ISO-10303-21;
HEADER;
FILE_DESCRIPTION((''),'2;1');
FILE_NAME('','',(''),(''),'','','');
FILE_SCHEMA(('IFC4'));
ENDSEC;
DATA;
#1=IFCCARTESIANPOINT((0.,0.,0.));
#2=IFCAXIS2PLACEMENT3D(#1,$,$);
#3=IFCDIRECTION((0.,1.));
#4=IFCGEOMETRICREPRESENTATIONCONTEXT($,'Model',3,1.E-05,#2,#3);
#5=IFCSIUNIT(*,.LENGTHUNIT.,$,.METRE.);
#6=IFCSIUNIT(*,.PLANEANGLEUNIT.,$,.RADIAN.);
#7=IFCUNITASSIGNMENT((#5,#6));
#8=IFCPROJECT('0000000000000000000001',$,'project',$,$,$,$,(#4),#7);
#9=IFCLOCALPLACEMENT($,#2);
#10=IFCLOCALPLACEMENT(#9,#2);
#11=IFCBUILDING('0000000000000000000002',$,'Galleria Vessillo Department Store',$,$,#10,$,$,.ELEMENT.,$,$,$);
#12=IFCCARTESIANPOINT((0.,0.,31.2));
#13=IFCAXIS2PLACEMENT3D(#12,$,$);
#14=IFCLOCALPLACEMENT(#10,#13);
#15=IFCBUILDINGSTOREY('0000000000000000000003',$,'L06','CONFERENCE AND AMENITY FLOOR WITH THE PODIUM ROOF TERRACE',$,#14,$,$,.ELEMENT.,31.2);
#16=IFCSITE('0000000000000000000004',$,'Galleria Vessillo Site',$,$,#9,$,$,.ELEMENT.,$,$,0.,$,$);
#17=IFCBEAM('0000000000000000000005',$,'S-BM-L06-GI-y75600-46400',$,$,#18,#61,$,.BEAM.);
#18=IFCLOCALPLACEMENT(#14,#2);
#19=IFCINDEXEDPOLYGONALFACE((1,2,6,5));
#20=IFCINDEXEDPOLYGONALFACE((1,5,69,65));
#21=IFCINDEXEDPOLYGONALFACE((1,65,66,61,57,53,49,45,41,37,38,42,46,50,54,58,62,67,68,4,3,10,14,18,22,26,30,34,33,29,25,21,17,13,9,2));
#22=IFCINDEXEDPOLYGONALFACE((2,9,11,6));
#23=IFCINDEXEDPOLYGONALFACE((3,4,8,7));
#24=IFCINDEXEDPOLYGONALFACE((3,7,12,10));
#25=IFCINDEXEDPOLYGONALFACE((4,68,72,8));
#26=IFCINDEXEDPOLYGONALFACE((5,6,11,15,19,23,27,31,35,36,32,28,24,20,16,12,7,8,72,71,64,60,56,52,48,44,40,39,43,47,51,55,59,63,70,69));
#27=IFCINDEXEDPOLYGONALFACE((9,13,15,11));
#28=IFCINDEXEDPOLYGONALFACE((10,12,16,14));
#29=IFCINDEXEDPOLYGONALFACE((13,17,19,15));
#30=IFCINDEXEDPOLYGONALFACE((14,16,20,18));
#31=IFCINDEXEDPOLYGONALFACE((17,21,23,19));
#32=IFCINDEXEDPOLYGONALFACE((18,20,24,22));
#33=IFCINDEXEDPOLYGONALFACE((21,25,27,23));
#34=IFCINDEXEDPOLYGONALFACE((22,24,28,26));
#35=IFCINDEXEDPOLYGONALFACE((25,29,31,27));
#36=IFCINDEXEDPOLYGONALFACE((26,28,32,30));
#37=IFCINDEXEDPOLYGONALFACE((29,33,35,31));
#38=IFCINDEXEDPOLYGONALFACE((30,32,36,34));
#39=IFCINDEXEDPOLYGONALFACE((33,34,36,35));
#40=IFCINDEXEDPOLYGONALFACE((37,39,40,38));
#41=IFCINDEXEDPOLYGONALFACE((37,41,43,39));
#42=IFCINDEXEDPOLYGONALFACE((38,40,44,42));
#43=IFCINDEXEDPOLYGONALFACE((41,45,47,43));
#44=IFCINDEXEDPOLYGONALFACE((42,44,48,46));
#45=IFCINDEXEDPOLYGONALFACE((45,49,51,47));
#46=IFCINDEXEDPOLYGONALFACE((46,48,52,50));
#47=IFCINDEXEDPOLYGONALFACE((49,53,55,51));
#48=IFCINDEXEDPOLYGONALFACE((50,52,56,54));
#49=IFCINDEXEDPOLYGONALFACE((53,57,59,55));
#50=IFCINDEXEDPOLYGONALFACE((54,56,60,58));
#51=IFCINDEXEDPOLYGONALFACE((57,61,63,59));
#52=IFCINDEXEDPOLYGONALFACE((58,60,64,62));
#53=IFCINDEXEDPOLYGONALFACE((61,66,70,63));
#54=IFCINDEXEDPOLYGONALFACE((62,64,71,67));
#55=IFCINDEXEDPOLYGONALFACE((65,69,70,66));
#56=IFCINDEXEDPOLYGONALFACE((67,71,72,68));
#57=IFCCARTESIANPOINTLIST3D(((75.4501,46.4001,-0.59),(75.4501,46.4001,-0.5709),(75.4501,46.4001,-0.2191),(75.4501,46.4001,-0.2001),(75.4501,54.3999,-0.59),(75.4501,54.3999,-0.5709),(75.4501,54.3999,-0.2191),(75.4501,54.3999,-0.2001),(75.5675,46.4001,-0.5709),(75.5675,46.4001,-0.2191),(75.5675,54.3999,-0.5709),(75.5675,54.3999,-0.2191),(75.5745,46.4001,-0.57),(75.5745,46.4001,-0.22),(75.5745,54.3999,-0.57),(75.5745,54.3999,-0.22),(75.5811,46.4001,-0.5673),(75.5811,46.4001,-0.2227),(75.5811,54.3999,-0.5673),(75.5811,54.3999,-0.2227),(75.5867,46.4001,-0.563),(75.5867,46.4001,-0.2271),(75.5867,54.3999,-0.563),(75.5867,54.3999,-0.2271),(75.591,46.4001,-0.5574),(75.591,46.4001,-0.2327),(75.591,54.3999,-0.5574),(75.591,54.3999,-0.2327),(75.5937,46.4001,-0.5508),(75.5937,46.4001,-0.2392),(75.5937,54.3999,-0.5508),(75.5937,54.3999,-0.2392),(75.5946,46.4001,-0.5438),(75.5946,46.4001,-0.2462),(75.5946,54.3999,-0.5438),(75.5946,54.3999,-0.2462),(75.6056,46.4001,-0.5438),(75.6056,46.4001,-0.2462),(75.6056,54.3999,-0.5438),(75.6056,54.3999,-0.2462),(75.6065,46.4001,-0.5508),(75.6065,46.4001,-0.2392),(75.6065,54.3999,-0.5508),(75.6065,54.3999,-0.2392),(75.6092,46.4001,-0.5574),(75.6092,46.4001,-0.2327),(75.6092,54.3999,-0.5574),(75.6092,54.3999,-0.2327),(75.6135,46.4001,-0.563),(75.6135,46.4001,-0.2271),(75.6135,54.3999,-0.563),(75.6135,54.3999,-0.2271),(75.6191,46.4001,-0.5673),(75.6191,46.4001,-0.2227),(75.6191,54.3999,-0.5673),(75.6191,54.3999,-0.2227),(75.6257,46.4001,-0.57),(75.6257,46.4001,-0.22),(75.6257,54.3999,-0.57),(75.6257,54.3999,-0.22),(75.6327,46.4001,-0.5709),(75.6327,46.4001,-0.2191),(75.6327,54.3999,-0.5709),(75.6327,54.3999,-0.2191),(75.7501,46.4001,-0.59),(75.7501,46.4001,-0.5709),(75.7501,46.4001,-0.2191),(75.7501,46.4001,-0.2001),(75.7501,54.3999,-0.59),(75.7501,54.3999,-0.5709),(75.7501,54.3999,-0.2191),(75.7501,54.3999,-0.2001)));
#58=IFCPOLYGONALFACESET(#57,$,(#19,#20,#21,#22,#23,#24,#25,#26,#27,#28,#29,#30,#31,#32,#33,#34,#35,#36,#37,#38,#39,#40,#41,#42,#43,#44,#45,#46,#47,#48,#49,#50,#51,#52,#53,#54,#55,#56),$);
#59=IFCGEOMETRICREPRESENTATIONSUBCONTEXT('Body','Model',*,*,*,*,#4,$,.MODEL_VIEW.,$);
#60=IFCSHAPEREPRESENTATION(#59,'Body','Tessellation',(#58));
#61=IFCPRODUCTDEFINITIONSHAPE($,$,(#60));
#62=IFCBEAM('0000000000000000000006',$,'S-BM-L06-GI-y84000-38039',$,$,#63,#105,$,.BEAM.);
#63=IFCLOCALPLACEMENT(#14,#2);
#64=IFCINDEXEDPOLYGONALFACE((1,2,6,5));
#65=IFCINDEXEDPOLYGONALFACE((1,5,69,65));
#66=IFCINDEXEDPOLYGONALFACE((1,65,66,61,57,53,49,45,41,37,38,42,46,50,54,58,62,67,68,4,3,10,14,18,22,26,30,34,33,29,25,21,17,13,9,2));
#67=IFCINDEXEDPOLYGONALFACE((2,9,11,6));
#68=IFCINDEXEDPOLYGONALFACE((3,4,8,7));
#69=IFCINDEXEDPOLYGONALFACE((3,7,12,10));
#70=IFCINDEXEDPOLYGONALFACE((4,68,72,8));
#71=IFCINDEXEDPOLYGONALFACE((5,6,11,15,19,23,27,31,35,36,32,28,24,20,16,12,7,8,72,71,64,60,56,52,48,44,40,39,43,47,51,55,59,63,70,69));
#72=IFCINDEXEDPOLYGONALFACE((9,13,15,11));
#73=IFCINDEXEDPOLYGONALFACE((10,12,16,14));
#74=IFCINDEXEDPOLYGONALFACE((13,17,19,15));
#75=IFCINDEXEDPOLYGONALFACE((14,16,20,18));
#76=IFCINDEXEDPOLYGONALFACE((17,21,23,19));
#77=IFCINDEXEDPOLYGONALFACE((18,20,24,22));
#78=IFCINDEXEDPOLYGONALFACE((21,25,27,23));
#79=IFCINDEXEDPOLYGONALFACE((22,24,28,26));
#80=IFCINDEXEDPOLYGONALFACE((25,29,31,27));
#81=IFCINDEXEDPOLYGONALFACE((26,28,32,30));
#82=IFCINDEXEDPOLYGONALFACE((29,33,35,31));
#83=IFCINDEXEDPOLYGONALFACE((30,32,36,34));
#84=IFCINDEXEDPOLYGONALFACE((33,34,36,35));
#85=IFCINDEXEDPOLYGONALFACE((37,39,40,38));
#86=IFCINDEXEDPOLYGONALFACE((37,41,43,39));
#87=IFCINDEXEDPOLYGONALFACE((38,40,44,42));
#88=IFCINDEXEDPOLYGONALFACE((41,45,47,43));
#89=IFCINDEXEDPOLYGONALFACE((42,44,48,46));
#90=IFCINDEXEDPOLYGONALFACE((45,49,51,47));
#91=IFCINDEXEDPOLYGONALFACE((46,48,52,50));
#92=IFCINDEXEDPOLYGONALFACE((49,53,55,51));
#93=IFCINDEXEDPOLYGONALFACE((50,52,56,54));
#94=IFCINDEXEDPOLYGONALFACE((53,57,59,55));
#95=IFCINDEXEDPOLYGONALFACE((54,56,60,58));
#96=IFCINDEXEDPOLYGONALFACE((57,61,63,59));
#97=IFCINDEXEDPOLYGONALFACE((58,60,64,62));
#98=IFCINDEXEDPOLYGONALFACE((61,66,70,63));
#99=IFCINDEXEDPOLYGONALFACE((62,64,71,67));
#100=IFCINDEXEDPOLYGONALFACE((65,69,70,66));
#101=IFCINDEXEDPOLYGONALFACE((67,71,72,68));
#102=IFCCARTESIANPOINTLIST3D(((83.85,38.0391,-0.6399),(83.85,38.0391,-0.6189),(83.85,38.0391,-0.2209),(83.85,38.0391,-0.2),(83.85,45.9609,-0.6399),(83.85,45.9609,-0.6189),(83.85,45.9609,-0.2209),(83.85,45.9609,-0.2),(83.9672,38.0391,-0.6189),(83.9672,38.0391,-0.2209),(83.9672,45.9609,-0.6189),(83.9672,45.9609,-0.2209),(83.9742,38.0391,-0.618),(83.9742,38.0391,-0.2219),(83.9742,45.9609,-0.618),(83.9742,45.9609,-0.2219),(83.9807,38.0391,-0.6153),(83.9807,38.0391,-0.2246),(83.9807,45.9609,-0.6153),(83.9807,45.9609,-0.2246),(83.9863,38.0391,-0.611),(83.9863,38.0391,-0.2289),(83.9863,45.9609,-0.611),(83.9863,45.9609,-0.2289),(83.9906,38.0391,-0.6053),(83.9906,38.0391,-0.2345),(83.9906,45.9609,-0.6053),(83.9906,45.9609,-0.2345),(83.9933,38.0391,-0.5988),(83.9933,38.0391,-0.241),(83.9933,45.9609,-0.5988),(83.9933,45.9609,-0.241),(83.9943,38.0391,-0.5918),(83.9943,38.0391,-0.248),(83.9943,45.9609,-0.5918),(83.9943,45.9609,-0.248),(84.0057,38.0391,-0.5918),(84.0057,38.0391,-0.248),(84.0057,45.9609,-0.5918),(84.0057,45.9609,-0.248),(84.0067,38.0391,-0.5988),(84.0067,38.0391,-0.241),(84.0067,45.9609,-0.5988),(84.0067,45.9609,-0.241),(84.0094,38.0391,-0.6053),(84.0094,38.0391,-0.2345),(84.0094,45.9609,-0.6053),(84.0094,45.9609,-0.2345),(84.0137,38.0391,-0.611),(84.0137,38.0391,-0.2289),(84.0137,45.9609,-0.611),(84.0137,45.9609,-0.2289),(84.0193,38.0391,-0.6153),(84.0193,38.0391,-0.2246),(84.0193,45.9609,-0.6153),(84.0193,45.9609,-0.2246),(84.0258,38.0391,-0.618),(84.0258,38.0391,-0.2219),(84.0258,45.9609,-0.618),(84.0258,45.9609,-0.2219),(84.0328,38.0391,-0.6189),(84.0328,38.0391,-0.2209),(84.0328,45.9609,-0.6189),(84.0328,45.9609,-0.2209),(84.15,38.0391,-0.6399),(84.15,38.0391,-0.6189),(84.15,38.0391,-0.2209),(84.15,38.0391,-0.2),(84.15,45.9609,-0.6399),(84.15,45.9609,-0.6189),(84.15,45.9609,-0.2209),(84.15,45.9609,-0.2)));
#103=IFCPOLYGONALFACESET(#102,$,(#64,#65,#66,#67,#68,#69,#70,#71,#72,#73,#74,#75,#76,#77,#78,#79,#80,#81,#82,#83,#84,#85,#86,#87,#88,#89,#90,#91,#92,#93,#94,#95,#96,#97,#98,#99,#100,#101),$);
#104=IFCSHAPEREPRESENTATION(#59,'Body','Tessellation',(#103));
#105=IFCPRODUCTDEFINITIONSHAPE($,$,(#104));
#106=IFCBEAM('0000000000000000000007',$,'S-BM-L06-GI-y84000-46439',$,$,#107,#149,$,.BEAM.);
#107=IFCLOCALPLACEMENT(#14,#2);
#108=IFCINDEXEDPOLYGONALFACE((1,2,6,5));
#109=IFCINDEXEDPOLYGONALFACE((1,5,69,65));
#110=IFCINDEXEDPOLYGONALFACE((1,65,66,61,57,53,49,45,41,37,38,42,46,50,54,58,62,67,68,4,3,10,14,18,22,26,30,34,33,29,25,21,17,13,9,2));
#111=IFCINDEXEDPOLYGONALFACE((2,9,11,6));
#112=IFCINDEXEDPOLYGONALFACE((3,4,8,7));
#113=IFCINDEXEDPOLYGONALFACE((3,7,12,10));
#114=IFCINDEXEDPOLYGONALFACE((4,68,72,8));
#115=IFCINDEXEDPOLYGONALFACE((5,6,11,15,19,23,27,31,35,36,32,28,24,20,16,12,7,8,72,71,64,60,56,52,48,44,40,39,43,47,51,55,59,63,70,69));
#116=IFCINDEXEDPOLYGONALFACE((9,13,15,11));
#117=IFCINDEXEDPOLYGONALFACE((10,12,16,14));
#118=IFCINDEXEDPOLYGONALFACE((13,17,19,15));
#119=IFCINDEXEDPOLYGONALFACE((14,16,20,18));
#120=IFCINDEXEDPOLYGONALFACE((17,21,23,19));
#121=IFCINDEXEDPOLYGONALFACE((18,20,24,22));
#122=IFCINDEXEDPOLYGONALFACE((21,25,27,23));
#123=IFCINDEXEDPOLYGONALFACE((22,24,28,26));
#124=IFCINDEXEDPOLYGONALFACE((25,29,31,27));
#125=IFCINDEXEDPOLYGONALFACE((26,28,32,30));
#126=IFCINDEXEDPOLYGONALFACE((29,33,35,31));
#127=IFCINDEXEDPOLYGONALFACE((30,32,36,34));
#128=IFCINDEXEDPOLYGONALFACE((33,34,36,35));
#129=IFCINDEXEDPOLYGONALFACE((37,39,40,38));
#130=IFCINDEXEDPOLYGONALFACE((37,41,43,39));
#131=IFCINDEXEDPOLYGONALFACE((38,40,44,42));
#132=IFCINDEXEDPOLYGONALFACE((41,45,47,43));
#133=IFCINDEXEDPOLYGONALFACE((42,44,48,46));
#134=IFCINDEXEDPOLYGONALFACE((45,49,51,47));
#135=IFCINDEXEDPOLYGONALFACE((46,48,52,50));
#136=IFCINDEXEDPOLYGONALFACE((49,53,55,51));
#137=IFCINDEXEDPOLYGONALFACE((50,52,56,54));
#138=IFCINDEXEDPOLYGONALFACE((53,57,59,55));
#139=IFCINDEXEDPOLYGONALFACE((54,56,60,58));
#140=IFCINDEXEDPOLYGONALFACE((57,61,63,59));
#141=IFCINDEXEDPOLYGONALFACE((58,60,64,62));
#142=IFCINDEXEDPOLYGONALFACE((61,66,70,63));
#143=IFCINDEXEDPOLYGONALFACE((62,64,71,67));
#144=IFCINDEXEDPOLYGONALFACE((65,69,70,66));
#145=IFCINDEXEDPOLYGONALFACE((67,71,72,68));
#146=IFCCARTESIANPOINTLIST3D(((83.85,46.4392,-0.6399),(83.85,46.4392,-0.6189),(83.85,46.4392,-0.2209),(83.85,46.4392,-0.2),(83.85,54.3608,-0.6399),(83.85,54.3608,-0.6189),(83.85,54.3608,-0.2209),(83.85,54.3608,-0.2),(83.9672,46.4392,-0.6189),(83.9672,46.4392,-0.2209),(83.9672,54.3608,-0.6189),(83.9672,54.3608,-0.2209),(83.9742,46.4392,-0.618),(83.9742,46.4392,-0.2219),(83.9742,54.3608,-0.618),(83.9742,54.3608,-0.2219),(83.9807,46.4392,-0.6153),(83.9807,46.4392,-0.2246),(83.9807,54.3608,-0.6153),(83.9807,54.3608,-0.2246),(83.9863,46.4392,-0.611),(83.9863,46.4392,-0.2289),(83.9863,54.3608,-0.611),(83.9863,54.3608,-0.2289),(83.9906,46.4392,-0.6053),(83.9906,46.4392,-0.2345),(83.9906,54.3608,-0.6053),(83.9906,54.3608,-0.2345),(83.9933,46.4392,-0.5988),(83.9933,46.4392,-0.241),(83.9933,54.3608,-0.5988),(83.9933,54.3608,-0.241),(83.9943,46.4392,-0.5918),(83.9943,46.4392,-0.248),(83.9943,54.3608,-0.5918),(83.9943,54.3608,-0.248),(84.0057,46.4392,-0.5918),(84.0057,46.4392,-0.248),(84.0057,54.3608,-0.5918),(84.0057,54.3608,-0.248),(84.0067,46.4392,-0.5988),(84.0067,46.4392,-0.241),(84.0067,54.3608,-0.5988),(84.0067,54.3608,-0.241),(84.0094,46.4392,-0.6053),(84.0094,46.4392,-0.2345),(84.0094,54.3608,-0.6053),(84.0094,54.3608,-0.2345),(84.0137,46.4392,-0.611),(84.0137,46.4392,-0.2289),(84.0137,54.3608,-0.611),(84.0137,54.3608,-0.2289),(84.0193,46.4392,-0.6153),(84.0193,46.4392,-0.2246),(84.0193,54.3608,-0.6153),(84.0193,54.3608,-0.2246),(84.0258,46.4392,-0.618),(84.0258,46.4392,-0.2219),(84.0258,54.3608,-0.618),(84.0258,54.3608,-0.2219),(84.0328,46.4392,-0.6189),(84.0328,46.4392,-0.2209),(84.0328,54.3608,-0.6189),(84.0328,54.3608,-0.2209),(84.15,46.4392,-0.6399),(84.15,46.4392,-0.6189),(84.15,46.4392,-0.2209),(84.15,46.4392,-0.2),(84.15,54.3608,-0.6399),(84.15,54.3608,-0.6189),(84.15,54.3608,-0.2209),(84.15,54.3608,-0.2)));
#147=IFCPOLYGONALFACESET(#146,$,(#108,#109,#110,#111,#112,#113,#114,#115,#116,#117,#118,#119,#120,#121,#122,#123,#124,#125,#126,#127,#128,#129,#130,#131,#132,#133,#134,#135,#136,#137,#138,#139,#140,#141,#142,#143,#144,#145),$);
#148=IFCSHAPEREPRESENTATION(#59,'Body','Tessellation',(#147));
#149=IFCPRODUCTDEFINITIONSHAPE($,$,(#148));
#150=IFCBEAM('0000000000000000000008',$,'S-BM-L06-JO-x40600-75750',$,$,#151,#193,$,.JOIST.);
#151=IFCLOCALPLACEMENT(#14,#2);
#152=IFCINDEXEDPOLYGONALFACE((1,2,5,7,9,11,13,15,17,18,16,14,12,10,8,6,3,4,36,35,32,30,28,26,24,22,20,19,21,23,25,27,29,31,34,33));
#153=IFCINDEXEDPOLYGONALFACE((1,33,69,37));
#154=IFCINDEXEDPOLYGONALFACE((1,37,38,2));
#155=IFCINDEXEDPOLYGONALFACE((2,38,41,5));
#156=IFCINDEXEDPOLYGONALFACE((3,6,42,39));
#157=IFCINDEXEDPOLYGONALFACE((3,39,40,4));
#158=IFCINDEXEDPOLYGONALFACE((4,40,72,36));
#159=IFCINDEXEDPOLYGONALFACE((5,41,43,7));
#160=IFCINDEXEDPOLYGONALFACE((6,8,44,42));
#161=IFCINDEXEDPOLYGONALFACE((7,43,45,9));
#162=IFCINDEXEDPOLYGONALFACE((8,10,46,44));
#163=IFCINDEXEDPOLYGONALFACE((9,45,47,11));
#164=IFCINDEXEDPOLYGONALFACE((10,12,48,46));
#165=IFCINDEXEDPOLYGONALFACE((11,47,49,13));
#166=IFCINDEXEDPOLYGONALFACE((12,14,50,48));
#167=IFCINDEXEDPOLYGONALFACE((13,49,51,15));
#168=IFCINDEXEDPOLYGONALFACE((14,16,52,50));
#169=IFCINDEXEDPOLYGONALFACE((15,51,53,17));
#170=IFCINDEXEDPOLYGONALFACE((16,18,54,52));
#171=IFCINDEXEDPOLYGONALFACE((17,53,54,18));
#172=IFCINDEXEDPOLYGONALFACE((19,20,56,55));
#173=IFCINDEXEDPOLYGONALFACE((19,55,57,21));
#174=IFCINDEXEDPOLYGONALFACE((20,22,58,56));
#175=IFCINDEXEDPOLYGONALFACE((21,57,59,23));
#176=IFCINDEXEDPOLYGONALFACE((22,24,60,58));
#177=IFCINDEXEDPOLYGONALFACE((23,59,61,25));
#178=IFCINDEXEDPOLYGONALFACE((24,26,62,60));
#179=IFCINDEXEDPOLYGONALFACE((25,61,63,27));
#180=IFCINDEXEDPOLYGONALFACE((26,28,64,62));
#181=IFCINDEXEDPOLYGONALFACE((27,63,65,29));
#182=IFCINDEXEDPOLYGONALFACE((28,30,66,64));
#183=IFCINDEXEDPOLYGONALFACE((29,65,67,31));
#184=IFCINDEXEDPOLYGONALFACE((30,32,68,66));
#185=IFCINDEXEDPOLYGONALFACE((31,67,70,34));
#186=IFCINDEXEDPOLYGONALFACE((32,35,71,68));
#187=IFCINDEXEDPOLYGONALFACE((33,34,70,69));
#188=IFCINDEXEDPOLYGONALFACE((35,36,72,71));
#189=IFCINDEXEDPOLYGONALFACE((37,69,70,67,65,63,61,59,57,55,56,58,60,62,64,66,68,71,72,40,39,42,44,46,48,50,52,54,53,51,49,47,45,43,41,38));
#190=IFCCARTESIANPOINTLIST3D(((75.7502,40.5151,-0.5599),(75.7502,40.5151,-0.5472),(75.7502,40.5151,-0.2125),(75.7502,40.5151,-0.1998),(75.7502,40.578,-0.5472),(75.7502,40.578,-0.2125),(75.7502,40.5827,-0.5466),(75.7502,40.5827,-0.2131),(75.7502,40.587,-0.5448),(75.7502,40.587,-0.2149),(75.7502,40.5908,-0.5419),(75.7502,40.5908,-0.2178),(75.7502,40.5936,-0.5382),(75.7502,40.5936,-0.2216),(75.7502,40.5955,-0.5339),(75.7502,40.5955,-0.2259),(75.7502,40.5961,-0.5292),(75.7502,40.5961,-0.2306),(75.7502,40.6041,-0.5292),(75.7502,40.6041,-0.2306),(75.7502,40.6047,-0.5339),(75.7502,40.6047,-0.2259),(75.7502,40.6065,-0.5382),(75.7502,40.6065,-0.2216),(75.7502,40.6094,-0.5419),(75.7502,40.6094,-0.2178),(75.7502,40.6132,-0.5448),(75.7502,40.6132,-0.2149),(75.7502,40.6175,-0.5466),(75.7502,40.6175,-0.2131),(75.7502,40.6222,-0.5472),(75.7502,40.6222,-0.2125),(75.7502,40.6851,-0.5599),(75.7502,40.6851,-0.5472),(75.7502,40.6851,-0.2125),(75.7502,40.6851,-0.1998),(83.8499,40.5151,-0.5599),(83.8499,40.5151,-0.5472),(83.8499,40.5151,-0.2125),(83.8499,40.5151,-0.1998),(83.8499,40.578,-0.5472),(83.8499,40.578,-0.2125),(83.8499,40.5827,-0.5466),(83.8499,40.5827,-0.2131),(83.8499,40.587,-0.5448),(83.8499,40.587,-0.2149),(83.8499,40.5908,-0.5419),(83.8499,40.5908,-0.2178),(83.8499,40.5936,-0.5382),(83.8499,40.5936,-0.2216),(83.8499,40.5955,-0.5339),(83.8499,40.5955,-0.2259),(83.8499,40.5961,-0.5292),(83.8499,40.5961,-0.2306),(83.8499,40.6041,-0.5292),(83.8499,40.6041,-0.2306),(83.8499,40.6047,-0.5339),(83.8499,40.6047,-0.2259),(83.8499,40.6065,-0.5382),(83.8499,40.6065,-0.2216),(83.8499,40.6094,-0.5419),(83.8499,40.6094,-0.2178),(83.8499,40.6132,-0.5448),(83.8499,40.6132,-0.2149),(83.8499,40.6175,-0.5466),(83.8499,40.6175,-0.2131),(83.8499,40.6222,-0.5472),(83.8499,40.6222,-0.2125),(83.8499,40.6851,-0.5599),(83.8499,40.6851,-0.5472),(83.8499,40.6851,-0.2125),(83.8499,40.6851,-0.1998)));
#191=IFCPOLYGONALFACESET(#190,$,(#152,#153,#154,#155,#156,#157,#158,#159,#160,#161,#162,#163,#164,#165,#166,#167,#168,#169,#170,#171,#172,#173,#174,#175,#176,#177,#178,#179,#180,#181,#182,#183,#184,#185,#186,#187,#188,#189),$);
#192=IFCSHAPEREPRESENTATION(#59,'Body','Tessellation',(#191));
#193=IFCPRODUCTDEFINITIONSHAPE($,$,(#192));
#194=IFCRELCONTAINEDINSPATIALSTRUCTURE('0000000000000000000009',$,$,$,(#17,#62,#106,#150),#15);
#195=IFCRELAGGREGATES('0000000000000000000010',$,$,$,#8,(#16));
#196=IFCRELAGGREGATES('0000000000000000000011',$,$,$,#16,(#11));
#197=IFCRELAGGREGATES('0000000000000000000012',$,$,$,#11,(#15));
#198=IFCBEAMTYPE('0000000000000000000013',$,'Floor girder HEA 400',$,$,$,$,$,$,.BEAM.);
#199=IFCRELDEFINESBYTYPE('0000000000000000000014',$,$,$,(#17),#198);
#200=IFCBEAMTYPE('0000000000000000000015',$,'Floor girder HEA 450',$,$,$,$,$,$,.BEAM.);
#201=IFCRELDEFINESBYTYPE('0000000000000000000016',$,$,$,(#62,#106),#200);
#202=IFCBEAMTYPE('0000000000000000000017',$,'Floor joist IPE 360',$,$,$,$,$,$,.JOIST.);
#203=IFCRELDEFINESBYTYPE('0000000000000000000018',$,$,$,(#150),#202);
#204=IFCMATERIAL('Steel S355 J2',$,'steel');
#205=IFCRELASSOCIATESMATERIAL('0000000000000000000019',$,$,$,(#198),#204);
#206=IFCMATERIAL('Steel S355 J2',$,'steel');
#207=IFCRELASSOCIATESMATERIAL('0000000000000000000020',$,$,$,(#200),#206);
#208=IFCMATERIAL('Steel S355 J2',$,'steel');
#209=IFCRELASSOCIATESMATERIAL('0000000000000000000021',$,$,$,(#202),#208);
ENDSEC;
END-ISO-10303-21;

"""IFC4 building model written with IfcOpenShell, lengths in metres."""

from ifc_helpers import new_model, si_unit, direction, frame, origin, origin_2d, place, context, subcontext, project, spatial, i_section, extrude, material, material_profile, profile_set, type_object, element, save


model = new_model("IFC4")

# Units and contexts
model_context = context("Model", 3, precision=1e-05, world=origin(), true_north=direction((0.0, 1.0)))
body_context = subcontext(model_context, "Body", "Model", "MODEL_VIEW")
ifc_project = project(units=[si_unit("LENGTHUNIT", "METRE"), si_unit("PLANEANGLEUNIT", "RADIAN")], contexts=[model_context])

# Site, building, storey
site_placement = place(None, origin())
site = spatial("IfcSite", under=ifc_project, at=site_placement, Name="Galleria Vessillo Site", CompositionType="ELEMENT", RefElevation=0.0)
building_placement = place(site_placement, origin())
building = spatial("IfcBuilding", under=site, at=building_placement, Name="Galleria Vessillo Department Store", CompositionType="ELEMENT")
storey_placement = place(building_placement, frame((0.0, 0.0, 31.2)))
storey = spatial("IfcBuildingStorey", under=building, at=storey_placement, Name="L06", Description="CONFERENCE AND AMENITY FLOOR WITH THE PODIUM ROOF TERRACE", CompositionType="ELEMENT", Elevation=31.2)

# Beams
ifc_material_1 = material(Name="Steel S355 J2", Category="steel")
ifc_material_profile_1 = material_profile(ifc_material_1, i_section(OverallWidth=0.3, OverallDepth=0.3899, WebThickness=0.011, FlangeThickness=0.019, FilletRadius=0.0271, at=origin_2d()), Name="HEA 400")
ifc_profile_set_1 = profile_set([ifc_material_profile_1], Name="Steel S355 J2")
beam_type_1 = type_object("IfcBeamType", Name="Floor girder HEA 400", PredefinedType="BEAM", material=ifc_profile_set_1)
beam_1_placement = place(storey_placement, frame((75.6001, 46.4001, -0.395), z_axis=(0.0, 1.0, 0.0), x_axis=(-1.0, 0.0, 0.0)))
element("IfcBeam", 1, at=beam_1_placement, inside=storey, type_object=beam_type_1, Name="S-BM-L06-GI-y75600-46400", PredefinedType="BEAM", context=body_context, shape_type="SweptSolid", body=[
    extrude(i_section(OverallWidth=0.3, OverallDepth=0.3899, WebThickness=0.011, FlangeThickness=0.019, FilletRadius=0.0271, at=origin_2d()), origin(), (0.0, 0.0, 1.0), 7.9998),
])
ifc_material_2 = material(Name="Steel S355 J2", Category="steel")
ifc_material_profile_2 = material_profile(ifc_material_2, i_section(OverallWidth=0.3, OverallDepth=0.4399, WebThickness=0.0115, FlangeThickness=0.021, FilletRadius=0.0271, at=origin_2d()), Name="HEA 450")
ifc_profile_set_2 = profile_set([ifc_material_profile_2], Name="Steel S355 J2")
beam_type_2 = type_object("IfcBeamType", Name="Floor girder HEA 450", PredefinedType="BEAM", material=ifc_profile_set_2)
beam_2_placement = place(storey_placement, frame((84.0, 38.0391, -0.4199), z_axis=(0.0, 1.0, 0.0), x_axis=(-1.0, 0.0, 0.0)))
element("IfcBeam", 2, at=beam_2_placement, inside=storey, type_object=beam_type_2, Name="S-BM-L06-GI-y84000-38039", PredefinedType="BEAM", context=body_context, shape_type="SweptSolid", body=[
    extrude(i_section(OverallWidth=0.3, OverallDepth=0.4399, WebThickness=0.0115, FlangeThickness=0.021, FilletRadius=0.0271, at=origin_2d()), origin(), (0.0, 0.0, 1.0), 7.9219),
])
beam_3_placement = place(storey_placement, frame((84.0, 46.4392, -0.4199), z_axis=(0.0, 1.0, 0.0), x_axis=(-1.0, 0.0, 0.0)))
element("IfcBeam", 3, at=beam_3_placement, inside=storey, type_object=beam_type_2, Name="S-BM-L06-GI-y84000-46439", PredefinedType="BEAM", context=body_context, shape_type="SweptSolid", body=[
    extrude(i_section(OverallWidth=0.3, OverallDepth=0.4399, WebThickness=0.0115, FlangeThickness=0.021, FilletRadius=0.0271, at=origin_2d()), origin(), (0.0, 0.0, 1.0), 7.9216),
])
ifc_material_3 = material(Name="Steel S355 J2", Category="steel")
ifc_material_profile_3 = material_profile(ifc_material_3, i_section(OverallWidth=0.1699, OverallDepth=0.3601, WebThickness=0.0081, FlangeThickness=0.0127, FilletRadius=0.0181, at=origin_2d()), Name="IPE 360")
ifc_profile_set_3 = profile_set([ifc_material_profile_3], Name="Steel S355 J2")
beam_type_3 = type_object("IfcBeamType", Name="Floor joist IPE 360", PredefinedType="JOIST", material=ifc_profile_set_3)
for number, where, z_axis, x_axis, name in (
    (4, (75.7502, 40.6001, -0.3799), (1.0, 0.0, 0.0), (0.0, 1.0, 0.0), "S-BM-L06-JO-x40600-75750"),
):
    element("IfcBeam", number, at=place(storey_placement, frame(where, z_axis=z_axis, x_axis=x_axis)), inside=storey, type_object=beam_type_3, Name=name, PredefinedType="JOIST", context=body_context, shape_type="SweptSolid", body=[
        extrude(i_section(OverallWidth=0.1699, OverallDepth=0.3601, WebThickness=0.0081, FlangeThickness=0.0127, FilletRadius=0.0181, at=origin_2d()), origin(), (0.0, 0.0, 1.0), 8.0996),
    ])

save(model, "model.ifc")
